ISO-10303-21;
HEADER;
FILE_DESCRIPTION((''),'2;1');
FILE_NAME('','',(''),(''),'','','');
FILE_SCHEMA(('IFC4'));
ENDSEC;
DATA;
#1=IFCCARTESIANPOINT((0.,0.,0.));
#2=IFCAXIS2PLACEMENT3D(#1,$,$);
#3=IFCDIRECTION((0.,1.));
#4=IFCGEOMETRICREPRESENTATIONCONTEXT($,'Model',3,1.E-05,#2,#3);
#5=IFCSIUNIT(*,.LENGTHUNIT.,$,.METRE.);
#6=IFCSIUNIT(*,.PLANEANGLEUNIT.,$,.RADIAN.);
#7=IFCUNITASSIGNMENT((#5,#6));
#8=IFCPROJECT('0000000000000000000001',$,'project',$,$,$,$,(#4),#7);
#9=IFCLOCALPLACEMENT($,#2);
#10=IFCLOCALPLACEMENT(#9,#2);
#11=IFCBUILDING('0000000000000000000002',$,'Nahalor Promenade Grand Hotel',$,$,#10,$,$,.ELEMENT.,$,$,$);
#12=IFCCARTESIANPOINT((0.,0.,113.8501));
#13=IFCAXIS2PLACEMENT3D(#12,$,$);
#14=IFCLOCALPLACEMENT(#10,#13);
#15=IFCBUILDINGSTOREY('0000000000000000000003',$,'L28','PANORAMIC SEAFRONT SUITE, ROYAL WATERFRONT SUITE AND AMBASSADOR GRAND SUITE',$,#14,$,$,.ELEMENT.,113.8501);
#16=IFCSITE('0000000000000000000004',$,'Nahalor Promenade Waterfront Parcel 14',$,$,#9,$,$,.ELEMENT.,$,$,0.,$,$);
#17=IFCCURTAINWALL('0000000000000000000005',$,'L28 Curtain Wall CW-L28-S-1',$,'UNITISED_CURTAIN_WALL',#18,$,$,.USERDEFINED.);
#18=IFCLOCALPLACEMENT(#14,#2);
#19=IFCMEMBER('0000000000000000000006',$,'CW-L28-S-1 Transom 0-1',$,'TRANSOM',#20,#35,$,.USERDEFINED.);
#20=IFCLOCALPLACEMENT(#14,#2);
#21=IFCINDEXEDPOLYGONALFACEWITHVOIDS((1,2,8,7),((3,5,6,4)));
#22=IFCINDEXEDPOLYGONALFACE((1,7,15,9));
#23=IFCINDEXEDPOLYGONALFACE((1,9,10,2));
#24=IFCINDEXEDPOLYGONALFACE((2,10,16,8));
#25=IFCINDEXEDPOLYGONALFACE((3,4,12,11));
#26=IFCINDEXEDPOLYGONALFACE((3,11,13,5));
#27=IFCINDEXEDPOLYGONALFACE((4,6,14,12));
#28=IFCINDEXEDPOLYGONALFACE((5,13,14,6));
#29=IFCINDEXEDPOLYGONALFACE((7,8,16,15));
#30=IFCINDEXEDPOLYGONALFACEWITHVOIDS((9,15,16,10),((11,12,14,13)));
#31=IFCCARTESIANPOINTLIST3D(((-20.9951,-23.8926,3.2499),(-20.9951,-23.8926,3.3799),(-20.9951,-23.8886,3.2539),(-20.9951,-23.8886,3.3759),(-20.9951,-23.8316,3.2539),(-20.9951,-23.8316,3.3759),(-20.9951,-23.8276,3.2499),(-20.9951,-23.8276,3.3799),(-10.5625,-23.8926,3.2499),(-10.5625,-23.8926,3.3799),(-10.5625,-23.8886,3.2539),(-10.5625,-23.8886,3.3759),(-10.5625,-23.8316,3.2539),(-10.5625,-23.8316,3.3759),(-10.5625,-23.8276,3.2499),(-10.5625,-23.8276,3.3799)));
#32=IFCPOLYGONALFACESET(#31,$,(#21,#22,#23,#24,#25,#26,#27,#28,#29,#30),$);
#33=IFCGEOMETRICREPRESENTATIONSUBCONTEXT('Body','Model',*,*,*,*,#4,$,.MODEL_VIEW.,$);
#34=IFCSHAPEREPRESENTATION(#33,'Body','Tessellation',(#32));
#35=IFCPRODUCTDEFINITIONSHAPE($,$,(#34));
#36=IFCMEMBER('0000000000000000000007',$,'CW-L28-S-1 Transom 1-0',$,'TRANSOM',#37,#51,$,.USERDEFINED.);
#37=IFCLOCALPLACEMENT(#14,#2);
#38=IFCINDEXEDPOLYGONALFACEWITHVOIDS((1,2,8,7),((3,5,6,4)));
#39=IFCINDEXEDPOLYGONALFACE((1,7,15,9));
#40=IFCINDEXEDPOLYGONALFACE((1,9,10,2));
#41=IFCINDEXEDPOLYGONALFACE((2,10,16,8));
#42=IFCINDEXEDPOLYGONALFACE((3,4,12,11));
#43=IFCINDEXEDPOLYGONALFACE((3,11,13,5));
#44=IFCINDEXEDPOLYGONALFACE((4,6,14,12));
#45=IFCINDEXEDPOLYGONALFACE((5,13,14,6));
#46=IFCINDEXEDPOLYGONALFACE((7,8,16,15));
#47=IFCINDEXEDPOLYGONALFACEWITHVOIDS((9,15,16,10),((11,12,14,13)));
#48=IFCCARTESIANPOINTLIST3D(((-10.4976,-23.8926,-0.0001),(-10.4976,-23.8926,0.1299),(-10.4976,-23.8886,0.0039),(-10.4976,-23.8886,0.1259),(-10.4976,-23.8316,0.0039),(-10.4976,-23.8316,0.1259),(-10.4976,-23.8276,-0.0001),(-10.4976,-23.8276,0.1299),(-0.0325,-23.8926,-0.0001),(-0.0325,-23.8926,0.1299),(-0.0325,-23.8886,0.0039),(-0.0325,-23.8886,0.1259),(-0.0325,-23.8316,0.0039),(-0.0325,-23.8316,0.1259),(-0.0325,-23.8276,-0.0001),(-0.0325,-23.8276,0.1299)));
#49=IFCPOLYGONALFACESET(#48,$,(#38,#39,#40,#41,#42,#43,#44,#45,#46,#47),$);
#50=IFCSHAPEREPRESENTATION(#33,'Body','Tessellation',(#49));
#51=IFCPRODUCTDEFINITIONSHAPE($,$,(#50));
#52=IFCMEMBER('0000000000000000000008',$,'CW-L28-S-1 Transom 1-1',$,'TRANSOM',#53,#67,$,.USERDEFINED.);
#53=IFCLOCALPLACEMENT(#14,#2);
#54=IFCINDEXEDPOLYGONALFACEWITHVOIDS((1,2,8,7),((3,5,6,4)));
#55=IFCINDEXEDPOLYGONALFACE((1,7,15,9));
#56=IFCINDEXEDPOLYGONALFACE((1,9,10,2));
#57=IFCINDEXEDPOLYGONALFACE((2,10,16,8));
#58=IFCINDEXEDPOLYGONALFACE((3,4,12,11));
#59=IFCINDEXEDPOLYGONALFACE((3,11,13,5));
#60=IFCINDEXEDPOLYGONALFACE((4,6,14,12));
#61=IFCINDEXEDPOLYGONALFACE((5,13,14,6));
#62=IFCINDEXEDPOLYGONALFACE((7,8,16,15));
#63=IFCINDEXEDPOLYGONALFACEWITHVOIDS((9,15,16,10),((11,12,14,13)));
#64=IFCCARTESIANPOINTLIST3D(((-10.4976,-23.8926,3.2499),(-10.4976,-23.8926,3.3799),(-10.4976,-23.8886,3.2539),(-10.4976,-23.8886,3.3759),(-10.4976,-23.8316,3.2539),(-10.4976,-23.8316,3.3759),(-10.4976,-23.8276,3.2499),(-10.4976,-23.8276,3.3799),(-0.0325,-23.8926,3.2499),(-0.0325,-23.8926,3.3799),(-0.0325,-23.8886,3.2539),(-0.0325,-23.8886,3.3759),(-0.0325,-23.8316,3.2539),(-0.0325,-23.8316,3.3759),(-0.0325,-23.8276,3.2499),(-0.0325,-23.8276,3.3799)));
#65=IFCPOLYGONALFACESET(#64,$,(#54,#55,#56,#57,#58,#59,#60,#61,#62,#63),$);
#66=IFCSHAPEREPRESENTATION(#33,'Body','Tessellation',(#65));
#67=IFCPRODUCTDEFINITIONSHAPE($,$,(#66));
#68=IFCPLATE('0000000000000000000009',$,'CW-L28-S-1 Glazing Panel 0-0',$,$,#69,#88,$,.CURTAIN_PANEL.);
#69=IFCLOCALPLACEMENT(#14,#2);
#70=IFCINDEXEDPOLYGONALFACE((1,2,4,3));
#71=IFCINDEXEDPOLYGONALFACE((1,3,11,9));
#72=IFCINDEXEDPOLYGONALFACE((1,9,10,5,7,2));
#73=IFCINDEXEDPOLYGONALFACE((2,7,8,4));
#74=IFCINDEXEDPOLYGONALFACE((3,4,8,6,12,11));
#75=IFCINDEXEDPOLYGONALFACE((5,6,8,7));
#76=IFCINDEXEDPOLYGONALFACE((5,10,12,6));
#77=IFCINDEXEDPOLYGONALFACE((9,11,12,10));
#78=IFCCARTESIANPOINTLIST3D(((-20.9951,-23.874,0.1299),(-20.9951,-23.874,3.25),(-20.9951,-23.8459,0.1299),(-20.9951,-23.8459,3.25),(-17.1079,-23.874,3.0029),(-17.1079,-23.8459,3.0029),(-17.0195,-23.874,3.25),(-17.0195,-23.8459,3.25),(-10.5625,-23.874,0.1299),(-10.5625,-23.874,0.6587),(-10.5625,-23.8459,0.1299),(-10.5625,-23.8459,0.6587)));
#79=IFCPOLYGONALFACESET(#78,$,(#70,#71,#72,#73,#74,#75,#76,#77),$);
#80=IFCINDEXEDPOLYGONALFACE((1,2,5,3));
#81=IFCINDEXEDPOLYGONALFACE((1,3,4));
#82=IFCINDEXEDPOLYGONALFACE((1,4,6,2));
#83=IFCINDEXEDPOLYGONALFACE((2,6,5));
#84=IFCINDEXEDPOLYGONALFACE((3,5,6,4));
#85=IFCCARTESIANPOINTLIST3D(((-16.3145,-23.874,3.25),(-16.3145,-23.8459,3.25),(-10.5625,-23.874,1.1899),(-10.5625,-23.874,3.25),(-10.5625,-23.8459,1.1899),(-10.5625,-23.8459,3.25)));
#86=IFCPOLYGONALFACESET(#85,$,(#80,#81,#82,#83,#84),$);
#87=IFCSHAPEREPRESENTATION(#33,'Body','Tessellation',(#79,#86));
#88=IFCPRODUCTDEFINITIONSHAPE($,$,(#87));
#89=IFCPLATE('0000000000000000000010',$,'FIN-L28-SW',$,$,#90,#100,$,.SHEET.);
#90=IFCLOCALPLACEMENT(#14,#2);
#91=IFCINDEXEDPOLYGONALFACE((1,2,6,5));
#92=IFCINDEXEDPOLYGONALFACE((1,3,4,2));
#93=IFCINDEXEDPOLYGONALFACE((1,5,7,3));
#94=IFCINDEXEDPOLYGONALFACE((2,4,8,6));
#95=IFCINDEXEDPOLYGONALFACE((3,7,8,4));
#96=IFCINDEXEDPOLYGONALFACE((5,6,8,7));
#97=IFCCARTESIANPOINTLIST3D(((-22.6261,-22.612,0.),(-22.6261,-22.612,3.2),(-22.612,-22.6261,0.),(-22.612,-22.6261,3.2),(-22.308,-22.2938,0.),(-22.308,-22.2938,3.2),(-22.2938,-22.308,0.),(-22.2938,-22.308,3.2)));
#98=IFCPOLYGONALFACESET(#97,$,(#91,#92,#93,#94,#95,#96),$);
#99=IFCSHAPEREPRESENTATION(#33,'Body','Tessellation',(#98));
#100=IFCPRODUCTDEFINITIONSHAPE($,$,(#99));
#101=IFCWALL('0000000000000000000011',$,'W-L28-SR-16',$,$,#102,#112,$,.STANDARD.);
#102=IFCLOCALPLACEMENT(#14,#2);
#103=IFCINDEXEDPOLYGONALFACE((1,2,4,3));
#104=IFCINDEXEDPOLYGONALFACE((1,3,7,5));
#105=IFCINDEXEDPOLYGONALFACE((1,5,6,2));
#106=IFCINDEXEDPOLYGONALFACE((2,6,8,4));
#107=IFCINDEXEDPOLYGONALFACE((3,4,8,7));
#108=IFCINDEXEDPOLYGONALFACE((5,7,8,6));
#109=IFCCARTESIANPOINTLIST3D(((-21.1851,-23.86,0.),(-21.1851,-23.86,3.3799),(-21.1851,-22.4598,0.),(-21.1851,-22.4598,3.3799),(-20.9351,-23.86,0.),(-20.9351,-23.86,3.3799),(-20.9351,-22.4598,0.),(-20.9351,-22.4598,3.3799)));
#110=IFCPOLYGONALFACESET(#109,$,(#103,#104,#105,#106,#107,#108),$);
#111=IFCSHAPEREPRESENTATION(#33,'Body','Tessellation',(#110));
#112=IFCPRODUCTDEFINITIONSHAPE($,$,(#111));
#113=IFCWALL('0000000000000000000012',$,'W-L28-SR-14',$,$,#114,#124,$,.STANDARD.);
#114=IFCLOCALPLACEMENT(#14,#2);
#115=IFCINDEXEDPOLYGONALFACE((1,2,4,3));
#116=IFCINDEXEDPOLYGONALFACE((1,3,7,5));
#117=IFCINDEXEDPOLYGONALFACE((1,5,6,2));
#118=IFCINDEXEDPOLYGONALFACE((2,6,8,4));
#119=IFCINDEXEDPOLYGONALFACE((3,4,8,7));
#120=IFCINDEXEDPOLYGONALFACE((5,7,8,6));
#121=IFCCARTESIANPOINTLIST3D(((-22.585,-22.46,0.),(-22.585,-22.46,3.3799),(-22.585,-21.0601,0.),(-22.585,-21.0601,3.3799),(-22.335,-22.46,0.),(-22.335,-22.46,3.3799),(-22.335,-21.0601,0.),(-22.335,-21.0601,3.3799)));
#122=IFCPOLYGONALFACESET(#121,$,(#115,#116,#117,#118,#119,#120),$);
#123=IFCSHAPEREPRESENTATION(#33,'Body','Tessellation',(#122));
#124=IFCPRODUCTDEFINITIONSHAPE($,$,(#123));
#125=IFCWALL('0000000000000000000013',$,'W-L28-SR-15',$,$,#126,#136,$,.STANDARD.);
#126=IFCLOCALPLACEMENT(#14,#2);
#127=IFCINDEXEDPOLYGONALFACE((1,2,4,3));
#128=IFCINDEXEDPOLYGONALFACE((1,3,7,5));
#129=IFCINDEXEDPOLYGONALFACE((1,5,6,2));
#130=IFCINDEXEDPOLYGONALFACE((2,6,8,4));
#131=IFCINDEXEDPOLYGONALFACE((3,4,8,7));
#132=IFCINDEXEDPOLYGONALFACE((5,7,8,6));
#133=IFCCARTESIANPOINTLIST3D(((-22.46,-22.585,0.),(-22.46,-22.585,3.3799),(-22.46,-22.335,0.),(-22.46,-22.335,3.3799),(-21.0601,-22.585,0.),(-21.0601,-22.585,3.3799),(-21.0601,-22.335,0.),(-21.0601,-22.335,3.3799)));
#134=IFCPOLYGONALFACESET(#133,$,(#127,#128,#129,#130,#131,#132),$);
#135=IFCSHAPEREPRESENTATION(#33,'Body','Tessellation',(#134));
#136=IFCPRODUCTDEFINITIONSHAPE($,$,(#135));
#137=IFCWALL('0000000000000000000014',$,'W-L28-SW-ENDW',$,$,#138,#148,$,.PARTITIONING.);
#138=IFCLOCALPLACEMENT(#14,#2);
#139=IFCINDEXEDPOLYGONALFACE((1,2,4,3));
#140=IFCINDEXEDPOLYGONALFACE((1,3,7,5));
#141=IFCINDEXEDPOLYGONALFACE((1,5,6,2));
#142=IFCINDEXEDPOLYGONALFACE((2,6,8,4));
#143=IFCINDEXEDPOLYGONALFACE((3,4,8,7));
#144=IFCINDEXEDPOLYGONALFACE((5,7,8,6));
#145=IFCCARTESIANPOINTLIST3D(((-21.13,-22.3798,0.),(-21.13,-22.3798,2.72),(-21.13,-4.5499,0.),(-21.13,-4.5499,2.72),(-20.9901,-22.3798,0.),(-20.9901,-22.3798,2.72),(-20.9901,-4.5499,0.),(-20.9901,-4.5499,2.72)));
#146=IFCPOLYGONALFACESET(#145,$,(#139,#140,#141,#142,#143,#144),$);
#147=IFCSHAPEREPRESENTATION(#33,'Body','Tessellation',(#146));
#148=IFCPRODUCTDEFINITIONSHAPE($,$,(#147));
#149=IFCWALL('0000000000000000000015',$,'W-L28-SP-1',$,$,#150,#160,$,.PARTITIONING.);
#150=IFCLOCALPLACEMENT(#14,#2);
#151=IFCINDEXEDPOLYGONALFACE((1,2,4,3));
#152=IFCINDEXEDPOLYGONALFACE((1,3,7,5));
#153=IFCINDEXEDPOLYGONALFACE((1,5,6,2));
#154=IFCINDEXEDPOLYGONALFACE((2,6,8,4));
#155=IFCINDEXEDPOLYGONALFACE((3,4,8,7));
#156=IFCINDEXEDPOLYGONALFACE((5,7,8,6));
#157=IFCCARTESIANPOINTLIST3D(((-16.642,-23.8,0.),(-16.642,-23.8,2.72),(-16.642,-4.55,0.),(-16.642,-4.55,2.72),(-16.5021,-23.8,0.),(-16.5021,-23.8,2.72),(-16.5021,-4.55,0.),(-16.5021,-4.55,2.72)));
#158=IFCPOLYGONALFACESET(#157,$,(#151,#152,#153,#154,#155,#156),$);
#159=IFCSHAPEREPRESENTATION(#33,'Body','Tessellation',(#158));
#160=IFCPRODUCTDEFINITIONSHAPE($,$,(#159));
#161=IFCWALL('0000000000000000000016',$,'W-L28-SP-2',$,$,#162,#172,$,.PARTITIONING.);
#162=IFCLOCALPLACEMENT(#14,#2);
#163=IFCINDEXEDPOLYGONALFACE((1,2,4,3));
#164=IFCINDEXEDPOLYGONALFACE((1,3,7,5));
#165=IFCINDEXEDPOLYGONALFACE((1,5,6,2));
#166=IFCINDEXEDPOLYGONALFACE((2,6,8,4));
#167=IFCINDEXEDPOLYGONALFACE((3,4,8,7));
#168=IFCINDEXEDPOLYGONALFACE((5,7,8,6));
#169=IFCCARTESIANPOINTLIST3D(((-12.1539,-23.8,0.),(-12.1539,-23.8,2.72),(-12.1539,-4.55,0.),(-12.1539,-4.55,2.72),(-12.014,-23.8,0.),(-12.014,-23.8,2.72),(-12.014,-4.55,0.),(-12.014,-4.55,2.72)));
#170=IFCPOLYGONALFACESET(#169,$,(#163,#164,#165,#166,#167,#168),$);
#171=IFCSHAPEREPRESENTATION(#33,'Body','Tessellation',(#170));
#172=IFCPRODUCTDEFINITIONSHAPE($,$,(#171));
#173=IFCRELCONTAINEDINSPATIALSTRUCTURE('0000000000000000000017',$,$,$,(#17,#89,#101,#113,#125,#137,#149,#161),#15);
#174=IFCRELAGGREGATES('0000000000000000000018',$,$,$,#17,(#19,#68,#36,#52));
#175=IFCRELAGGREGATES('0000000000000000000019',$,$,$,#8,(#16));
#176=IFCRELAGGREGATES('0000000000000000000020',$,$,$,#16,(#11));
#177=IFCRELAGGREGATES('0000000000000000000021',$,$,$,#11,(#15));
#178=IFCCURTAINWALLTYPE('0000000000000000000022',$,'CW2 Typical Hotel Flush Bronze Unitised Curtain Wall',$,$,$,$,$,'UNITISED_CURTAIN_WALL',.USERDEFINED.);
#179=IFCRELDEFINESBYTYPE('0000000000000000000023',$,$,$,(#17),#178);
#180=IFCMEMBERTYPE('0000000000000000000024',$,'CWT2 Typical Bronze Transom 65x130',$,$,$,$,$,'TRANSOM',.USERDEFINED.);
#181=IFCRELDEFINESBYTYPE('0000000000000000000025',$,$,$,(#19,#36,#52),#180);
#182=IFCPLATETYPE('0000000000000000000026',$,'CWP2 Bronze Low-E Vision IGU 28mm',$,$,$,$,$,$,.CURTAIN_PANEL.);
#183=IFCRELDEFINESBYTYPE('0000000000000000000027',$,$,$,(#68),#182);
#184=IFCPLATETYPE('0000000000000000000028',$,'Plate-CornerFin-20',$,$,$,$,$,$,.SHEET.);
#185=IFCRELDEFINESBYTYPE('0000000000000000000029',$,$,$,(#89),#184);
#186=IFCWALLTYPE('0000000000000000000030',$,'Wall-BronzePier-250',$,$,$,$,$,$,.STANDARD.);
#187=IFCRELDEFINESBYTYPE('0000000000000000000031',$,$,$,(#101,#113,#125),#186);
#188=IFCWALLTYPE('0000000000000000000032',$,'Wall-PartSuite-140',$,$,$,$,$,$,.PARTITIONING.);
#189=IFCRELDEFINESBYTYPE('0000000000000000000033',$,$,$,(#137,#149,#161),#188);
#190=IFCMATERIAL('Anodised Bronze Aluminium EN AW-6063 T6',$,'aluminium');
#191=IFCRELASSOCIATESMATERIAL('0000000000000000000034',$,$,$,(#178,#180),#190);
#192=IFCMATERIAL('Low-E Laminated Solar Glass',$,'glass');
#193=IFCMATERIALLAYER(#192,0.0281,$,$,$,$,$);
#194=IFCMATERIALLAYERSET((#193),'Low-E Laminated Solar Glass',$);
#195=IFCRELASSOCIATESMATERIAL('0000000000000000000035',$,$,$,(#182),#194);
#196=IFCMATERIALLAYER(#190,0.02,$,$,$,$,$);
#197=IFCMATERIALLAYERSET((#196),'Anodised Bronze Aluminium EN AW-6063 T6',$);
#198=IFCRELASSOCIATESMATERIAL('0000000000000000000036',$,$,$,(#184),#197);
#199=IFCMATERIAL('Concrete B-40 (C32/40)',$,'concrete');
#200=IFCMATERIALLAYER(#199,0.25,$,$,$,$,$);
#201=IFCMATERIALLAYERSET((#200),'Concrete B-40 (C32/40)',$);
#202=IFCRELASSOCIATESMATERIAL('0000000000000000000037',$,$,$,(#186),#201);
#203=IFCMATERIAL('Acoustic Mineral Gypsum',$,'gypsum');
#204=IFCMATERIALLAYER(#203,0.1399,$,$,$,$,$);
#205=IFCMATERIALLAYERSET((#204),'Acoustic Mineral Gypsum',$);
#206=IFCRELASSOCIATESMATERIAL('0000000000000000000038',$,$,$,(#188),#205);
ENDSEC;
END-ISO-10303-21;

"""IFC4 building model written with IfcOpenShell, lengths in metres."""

from ifc_helpers import new_model, si_unit, direction, frame, frame_2d, origin, origin_2d, place, context, subcontext, project, spatial, polyline, rectangle, hollow_rectangle, outline, extrude, source, transform, mapped, material, layer, layer_set, material_profile, profile_set, type_object, element, aggregate, save


model = new_model("IFC4")

# Units and contexts
model_context = context("Model", 3, precision=1e-05, world=origin(), true_north=direction((0.0, 1.0)))
body_context = subcontext(model_context, "Body", "Model", "MODEL_VIEW")
ifc_project = project(units=[si_unit("LENGTHUNIT", "METRE"), si_unit("PLANEANGLEUNIT", "RADIAN")], contexts=[model_context])

# Site, building, storey
site_placement = place(None, origin())
site = spatial("IfcSite", under=ifc_project, at=site_placement, Name="Nahalor Promenade Waterfront Parcel 14", CompositionType="ELEMENT", RefElevation=0.0)
building_placement = place(site_placement, origin())
building = spatial("IfcBuilding", under=site, at=building_placement, Name="Nahalor Promenade Grand Hotel", CompositionType="ELEMENT")
storey_placement = place(building_placement, frame((0.0, 0.0, 113.8501)))
storey = spatial("IfcBuildingStorey", under=building, at=storey_placement, Name="L28", Description="PANORAMIC SEAFRONT SUITE, ROYAL WATERFRONT SUITE AND AMBASSADOR GRAND SUITE", CompositionType="ELEMENT", Elevation=113.8501)

# Curtain wall, members, plate
ifc_material_1 = material(Name="Anodised Bronze Aluminium EN AW-6063 T6", Category="aluminium")
curtain_wall_type = type_object("IfcCurtainWallType", Name="CW2 Typical Hotel Flush Bronze Unitised Curtain Wall", ElementType="UNITISED_CURTAIN_WALL", PredefinedType="USERDEFINED", material=ifc_material_1)
curtain_wall_placement = place(storey_placement, origin())
curtain_wall = element("IfcCurtainWall", 1, at=curtain_wall_placement, inside=storey, type_object=curtain_wall_type, Name="L28 Curtain Wall CW-L28-S-1", ObjectType="UNITISED_CURTAIN_WALL", PredefinedType="USERDEFINED")
ifc_material_profile_1 = material_profile(ifc_material_1, hollow_rectangle(XDim=0.065, YDim=0.13, WallThickness=0.004, at=origin_2d()), Name="CWT 65x130x4")
ifc_profile_set_1 = profile_set([ifc_material_profile_1], Name="Anodised Bronze Aluminium EN AW-6063 T6")
member_type_1 = type_object("IfcMemberType", Name="CWT2 Typical Bronze Transom 65x130", ElementType="TRANSOM", PredefinedType="USERDEFINED", material=ifc_profile_set_1)
shared_shape_1 = source(origin(), body_context, "Body", "SweptSolid", [
    extrude(hollow_rectangle(XDim=0.065, YDim=0.13, WallThickness=0.004, at=origin_2d()), origin(), (0.0, 0.0, 1.0), 10.4326),
])
member_1_placement = place(storey_placement, frame((-20.9951, -23.8601, 3.3149), z_axis=(1.0, 0.0, 0.0), x_axis=(0.0, 1.0, 0.0)))
member_1 = element("IfcMember", 2, at=member_1_placement, type_object=member_type_1, Name="CW-L28-S-1 Transom 0-1", ObjectType="TRANSOM", PredefinedType="USERDEFINED", context=body_context, shape_type="MappedRepresentation", body=[
    mapped(shared_shape_1, transform((0.0, 0.0, 0.0), scale=1.0)),
])
shared_shape_2 = source(origin(), body_context, "Body", "SweptSolid", [
    extrude(hollow_rectangle(XDim=0.065, YDim=0.13, WallThickness=0.004, at=origin_2d()), origin(), (0.0, 0.0, 1.0), 10.4651),
])
member_2_placement = place(storey_placement, frame((-10.4976, -23.8601, 0.0649), z_axis=(1.0, 0.0, 0.0), x_axis=(0.0, 1.0, 0.0)))
member_2 = element("IfcMember", 3, at=member_2_placement, type_object=member_type_1, Name="CW-L28-S-1 Transom 1-0", ObjectType="TRANSOM", PredefinedType="USERDEFINED", context=body_context, shape_type="MappedRepresentation", body=[
    mapped(shared_shape_2, transform((0.0, 0.0, 0.0), scale=1.0)),
])
member_3_placement = place(storey_placement, frame((-10.4976, -23.8601, 3.3149), z_axis=(1.0, 0.0, 0.0), x_axis=(0.0, 1.0, 0.0)))
member_3 = element("IfcMember", 4, at=member_3_placement, type_object=member_type_1, Name="CW-L28-S-1 Transom 1-1", ObjectType="TRANSOM", PredefinedType="USERDEFINED", context=body_context, shape_type="MappedRepresentation", body=[
    mapped(shared_shape_2, transform((0.0, 0.0, 0.0), scale=1.0)),
])
ifc_material_2 = material(Name="Low-E Laminated Solar Glass", Category="glass")
ifc_layer_1 = layer(ifc_material_2, 0.0281)
ifc_layer_set_1 = layer_set([ifc_layer_1], Name="Low-E Laminated Solar Glass")
plate_type_1 = type_object("IfcPlateType", Name="CWP2 Bronze Low-E Vision IGU 28mm", PredefinedType="CURTAIN_PANEL", material=ifc_layer_set_1)
plate_1_placement = place(storey_placement, frame((-15.7788, -23.8601, 0.1299), z_axis=(0.0, 0.0, 1.0), x_axis=(1.0, 0.0, 0.0)))
plate_1 = element("IfcPlate", 5, at=plate_1_placement, type_object=plate_type_1, Name="CW-L28-S-1 Glazing Panel 0-0", PredefinedType="CURTAIN_PANEL", context=body_context, shape_type="SweptSolid", body=[
    extrude(outline(polyline([(-5.2163, 0.0), (5.2163, 0.0), (5.2163, 0.5288), (-1.3291, 2.873), (-1.2407, 3.1201), (-5.2163, 3.1201), (-5.2163, 0.0)])), frame((0.0, 0.0142, 0.0), z_axis=(0.0, -1.0, 0.0), x_axis=(1.0, 0.0, 0.0)), (0.0, 0.0, 1.0), 0.0281),
    extrude(outline(polyline([(5.2163, 1.0601), (5.2163, 3.1201), (-0.5356, 3.1201), (5.2163, 1.0601)])), frame((0.0, 0.0142, 0.0), z_axis=(0.0, -1.0, 0.0), x_axis=(1.0, 0.0, 0.0)), (0.0, 0.0, 1.0), 0.0281),
])
aggregate(curtain_wall, [member_1, plate_1, member_2, member_3])

# Plate
ifc_layer_2 = layer(ifc_material_1, 0.02)
ifc_layer_set_2 = layer_set([ifc_layer_2], Name="Anodised Bronze Aluminium EN AW-6063 T6")
plate_type_2 = type_object("IfcPlateType", Name="Plate-CornerFin-20", PredefinedType="SHEET", material=ifc_layer_set_2)
shared_shape_3 = source(origin(), body_context, "Body", "SweptSolid", [
    extrude(rectangle(XDim=0.45, YDim=0.02, at=origin_2d()), origin(), (0.0, 0.0, 1.0), 3.2),
])
plate_2_placement = place(storey_placement, frame((-22.46, -22.46, 0.0), z_axis=(0.0, 0.0, 1.0), x_axis=(0.707107, 0.707107, 0.0)))
element("IfcPlate", 6, at=plate_2_placement, inside=storey, type_object=plate_type_2, Name="FIN-L28-SW", PredefinedType="SHEET", context=body_context, shape_type="MappedRepresentation", body=[
    mapped(shared_shape_3, transform((0.0, 0.0, 0.0), scale=1.0)),
])

# Walls
ifc_material_3 = material(Name="Concrete B-40 (C32/40)", Category="concrete")
ifc_layer_3 = layer(ifc_material_3, 0.25)
ifc_layer_set_3 = layer_set([ifc_layer_3], Name="Concrete B-40 (C32/40)")
wall_type_1 = type_object("IfcWallType", Name="Wall-BronzePier-250", PredefinedType="STANDARD", material=ifc_layer_set_3)
shared_shape_4 = source(origin(), body_context, "Body", "SweptSolid", [
    extrude(rectangle(XDim=1.4001, YDim=0.25, at=frame_2d((0.7002, 0.0))), origin(), (0.0, 0.0, 1.0), 3.3799),
])
wall_1_placement = place(storey_placement, frame((-21.0601, -23.8601, 0.0), z_axis=(0.0, 0.0, 1.0), x_axis=(0.0, 1.0, 0.0)))
element("IfcWall", 7, at=wall_1_placement, inside=storey, type_object=wall_type_1, Name="W-L28-SR-16", PredefinedType="STANDARD", context=body_context, shape_type="MappedRepresentation", body=[
    mapped(shared_shape_4, transform((0.0, 0.0, 0.0), scale=1.0)),
])
shared_shape_5 = source(origin(), body_context, "Body", "SweptSolid", [
    extrude(rectangle(XDim=1.3999, YDim=0.25, at=frame_2d((0.7, 0.0))), origin(), (0.0, 0.0, 1.0), 3.3799),
])
for number, where, z_axis, x_axis, name in (
    (8, (-22.46, -22.46, 0.0), (0.0, 0.0, 1.0), (0.0, 1.0, 0.0), "W-L28-SR-14"),
    (9, (-22.46, -22.46, 0.0), (0.0, 0.0, 1.0), (1.0, 0.0, 0.0), "W-L28-SR-15"),
):
    element("IfcWall", number, at=place(storey_placement, frame(where, z_axis=z_axis, x_axis=x_axis)), inside=storey, type_object=wall_type_1, Name=name, PredefinedType="STANDARD", context=body_context, shape_type="MappedRepresentation", body=[
        mapped(shared_shape_5, transform((0.0, 0.0, 0.0), scale=1.0)),
    ])
ifc_material_4 = material(Name="Acoustic Mineral Gypsum", Category="gypsum")
ifc_layer_4 = layer(ifc_material_4, 0.1399)
ifc_layer_set_4 = layer_set([ifc_layer_4], Name="Acoustic Mineral Gypsum")
wall_type_2 = type_object("IfcWallType", Name="Wall-PartSuite-140", PredefinedType="PARTITIONING", material=ifc_layer_set_4)
shared_shape_6 = source(origin(), body_context, "Body", "SweptSolid", [
    extrude(rectangle(XDim=17.8298, YDim=0.1399, at=frame_2d((8.915, 0.0))), origin(), (0.0, 0.0, 1.0), 2.72),
])
wall_2_placement = place(storey_placement, frame((-21.0601, -22.3799, 0.0), z_axis=(0.0, 0.0, 1.0), x_axis=(0.0, 1.0, 0.0)))
element("IfcWall", 10, at=wall_2_placement, inside=storey, type_object=wall_type_2, Name="W-L28-SW-ENDW", PredefinedType="PARTITIONING", context=body_context, shape_type="MappedRepresentation", body=[
    mapped(shared_shape_6, transform((0.0, 0.0, 0.0), scale=1.0)),
])
shared_shape_7 = source(origin(), body_context, "Body", "SweptSolid", [
    extrude(rectangle(XDim=19.25, YDim=0.1399, at=frame_2d((9.625, 0.0))), origin(), (0.0, 0.0, 1.0), 2.72),
])
for number, where, z_axis, x_axis, name in (
    (11, (-16.572, -23.8, 0.0), (0.0, 0.0, 1.0), (0.0, 1.0, 0.0), "W-L28-SP-1"),
    (12, (-12.084, -23.8, 0.0), (0.0, 0.0, 1.0), (0.0, 1.0, 0.0), "W-L28-SP-2"),
):
    element("IfcWall", number, at=place(storey_placement, frame(where, z_axis=z_axis, x_axis=x_axis)), inside=storey, type_object=wall_type_2, Name=name, PredefinedType="PARTITIONING", context=body_context, shape_type="MappedRepresentation", body=[
        mapped(shared_shape_7, transform((0.0, 0.0, 0.0), scale=1.0)),
    ])

save(model, "model.ifc")
